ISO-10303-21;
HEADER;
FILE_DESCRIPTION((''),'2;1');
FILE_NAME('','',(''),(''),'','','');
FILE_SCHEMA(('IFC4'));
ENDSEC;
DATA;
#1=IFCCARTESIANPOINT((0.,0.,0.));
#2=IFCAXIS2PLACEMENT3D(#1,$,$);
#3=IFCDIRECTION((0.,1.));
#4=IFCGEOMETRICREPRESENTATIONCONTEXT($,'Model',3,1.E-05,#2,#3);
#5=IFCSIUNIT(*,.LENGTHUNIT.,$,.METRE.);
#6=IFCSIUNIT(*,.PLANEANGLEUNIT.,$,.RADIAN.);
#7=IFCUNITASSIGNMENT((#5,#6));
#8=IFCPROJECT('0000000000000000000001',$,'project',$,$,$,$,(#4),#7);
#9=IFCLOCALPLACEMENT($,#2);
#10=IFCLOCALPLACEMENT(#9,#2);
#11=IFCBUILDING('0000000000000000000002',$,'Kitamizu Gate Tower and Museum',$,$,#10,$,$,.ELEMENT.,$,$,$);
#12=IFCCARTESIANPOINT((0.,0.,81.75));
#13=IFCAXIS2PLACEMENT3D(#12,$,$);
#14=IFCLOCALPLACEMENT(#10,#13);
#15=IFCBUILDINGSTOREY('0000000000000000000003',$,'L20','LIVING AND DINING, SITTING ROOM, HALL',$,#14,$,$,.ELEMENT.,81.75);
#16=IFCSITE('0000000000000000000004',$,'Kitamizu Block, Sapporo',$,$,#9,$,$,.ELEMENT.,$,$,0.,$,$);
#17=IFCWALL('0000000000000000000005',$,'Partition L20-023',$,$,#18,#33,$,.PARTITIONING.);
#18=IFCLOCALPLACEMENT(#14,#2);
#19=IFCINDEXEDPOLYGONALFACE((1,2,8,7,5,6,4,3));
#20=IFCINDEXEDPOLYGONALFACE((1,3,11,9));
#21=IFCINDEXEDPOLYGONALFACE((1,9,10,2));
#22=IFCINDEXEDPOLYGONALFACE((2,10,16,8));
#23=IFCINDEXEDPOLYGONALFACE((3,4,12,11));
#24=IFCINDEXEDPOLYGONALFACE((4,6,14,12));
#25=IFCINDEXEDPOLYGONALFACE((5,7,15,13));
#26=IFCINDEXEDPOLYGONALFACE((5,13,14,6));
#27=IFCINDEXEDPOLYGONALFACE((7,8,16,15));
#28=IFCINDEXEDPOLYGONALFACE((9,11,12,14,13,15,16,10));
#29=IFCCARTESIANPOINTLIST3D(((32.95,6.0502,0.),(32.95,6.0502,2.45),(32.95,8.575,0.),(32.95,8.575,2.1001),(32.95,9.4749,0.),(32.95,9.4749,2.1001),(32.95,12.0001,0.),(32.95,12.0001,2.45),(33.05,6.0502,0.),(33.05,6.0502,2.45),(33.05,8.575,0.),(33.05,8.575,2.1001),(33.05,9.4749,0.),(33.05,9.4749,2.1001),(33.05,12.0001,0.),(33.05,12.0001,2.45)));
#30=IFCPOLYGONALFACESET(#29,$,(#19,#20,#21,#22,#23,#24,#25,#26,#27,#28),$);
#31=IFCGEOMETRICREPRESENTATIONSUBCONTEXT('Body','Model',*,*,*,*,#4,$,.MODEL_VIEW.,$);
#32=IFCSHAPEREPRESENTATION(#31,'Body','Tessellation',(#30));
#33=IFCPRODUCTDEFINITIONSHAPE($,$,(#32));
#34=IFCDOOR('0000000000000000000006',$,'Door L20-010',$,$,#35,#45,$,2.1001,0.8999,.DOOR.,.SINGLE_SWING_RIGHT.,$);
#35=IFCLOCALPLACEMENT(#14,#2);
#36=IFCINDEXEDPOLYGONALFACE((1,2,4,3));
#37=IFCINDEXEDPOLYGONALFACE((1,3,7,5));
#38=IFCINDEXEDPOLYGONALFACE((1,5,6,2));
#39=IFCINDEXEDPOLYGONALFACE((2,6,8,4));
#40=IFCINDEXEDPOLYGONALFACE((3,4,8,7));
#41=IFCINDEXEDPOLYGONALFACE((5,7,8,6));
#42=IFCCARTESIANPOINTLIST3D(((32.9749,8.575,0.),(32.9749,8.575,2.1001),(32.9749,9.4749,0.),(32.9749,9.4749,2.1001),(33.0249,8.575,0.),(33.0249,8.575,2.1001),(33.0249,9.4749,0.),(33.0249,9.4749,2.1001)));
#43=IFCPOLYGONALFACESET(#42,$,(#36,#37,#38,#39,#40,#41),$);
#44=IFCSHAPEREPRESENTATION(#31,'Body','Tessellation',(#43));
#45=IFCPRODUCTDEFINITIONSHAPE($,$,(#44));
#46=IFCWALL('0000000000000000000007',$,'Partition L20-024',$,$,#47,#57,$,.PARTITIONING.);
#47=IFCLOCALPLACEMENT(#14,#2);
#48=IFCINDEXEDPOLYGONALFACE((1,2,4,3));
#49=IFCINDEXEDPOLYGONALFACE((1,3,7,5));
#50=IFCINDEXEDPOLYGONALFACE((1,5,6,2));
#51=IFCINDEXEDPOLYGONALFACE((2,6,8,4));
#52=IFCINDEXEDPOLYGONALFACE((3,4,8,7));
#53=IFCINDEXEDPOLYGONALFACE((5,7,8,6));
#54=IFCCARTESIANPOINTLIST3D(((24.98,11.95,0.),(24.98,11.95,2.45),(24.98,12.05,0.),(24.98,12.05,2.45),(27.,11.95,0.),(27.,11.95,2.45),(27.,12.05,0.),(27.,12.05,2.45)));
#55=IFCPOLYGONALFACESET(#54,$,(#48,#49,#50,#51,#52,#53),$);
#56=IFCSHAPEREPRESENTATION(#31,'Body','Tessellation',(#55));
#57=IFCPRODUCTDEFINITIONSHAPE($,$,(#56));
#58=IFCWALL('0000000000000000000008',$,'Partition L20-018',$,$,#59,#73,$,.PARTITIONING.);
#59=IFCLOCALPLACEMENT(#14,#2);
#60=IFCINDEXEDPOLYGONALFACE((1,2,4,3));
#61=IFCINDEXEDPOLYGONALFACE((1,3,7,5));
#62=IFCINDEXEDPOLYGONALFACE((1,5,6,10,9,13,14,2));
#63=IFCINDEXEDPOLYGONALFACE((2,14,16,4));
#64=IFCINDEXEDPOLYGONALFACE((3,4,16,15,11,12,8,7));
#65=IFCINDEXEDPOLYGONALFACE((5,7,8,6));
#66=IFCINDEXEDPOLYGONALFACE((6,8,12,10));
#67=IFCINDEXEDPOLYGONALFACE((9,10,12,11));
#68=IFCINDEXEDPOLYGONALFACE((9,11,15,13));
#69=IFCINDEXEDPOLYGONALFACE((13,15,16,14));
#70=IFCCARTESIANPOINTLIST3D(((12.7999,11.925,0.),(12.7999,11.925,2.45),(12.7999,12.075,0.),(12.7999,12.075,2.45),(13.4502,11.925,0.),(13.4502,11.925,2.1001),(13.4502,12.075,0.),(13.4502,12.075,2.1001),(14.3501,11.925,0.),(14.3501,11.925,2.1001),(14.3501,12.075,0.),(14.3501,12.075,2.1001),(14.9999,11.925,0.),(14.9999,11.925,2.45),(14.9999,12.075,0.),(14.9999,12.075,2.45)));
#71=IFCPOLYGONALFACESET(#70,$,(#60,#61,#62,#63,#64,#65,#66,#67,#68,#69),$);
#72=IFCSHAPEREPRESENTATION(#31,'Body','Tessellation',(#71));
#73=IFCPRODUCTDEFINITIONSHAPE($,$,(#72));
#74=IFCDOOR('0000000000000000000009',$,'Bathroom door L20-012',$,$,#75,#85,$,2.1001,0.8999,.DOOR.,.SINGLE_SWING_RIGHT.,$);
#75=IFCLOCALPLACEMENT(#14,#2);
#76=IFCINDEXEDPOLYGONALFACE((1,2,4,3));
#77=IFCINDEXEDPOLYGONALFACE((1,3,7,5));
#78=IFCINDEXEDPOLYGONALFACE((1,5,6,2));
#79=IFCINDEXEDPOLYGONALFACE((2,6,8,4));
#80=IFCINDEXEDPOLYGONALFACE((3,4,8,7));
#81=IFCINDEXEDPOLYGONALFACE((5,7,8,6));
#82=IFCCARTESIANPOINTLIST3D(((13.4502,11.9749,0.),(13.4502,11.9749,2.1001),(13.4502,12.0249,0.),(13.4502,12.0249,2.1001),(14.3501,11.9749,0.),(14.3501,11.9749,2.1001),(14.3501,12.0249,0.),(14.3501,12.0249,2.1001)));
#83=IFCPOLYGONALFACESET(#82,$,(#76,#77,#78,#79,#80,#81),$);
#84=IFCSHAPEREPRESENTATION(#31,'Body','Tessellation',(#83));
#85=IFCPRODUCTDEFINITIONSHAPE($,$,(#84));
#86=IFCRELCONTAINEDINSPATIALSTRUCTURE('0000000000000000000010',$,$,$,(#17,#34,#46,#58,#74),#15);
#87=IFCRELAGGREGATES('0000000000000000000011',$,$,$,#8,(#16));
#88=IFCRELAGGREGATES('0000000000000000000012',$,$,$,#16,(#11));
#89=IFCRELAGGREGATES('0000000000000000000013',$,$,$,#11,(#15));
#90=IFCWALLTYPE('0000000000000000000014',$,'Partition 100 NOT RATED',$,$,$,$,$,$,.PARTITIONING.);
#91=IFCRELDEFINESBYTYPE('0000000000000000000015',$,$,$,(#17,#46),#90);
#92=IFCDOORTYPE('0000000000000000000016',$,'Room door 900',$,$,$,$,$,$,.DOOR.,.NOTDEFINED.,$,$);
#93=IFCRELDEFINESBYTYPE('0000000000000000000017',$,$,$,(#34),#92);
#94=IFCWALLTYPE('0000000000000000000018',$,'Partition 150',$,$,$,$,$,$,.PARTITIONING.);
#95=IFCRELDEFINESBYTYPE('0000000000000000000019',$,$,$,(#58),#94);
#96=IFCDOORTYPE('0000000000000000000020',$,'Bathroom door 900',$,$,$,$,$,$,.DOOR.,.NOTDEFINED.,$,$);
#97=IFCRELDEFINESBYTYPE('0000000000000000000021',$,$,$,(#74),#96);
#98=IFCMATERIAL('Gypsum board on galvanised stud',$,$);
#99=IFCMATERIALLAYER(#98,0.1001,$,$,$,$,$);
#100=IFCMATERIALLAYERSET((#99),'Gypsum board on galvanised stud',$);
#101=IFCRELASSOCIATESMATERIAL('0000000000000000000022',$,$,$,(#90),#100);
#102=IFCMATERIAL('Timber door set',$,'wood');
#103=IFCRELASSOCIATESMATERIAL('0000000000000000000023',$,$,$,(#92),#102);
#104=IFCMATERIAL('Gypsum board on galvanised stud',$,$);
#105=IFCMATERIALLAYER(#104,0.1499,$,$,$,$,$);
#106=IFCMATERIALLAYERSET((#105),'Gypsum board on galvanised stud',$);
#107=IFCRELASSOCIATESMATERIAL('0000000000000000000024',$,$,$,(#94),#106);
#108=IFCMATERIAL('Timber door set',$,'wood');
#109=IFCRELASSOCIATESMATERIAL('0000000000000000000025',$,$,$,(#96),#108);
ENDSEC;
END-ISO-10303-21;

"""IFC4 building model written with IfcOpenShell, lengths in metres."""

from ifc_helpers import new_model, si_unit, direction, frame, frame_2d, origin, place, context, subcontext, project, spatial, rectangle, extrude, material, layer, layer_set, type_object, element, fill, save


model = new_model("IFC4")

# Units and contexts
model_context = context("Model", 3, precision=1e-05, world=origin(), true_north=direction((0.0, 1.0)))
body_context = subcontext(model_context, "Body", "Model", "MODEL_VIEW")
ifc_project = project(units=[si_unit("LENGTHUNIT", "METRE"), si_unit("PLANEANGLEUNIT", "RADIAN")], contexts=[model_context])

# Site, building, storey
site_placement = place(None, origin())
site = spatial("IfcSite", under=ifc_project, at=site_placement, Name="Kitamizu Block, Sapporo", CompositionType="ELEMENT", RefElevation=0.0)
building_placement = place(site_placement, origin())
building = spatial("IfcBuilding", under=site, at=building_placement, Name="Kitamizu Gate Tower and Museum", CompositionType="ELEMENT")
storey_placement = place(building_placement, frame((0.0, 0.0, 81.75)))
storey = spatial("IfcBuildingStorey", under=building, at=storey_placement, Name="L20", Description="LIVING AND DINING, SITTING ROOM, HALL", CompositionType="ELEMENT", Elevation=81.75)

# Shared definitions
ifc_material_1 = material(Name="Gypsum board on galvanised stud")
ifc_layer_1 = layer(ifc_material_1, 0.1001)
ifc_layer_set_1 = layer_set([ifc_layer_1], Name="Gypsum board on galvanised stud")
wall_type_1 = type_object("IfcWallType", Name="Partition 100 NOT RATED", PredefinedType="PARTITIONING", material=ifc_layer_set_1)
ifc_material_2 = material(Name="Timber door set", Category="wood")
door_type_1 = type_object("IfcDoorType", Name="Room door 900", OperationType="NOTDEFINED", PredefinedType="DOOR", material=ifc_material_2)

# Wall, opening, door
wall_1_placement = place(storey_placement, frame((33.0, 6.05, 0.0), z_axis=(0.0, 0.0, 1.0), x_axis=(0.0, 1.0, 0.0)))
wall_1 = element("IfcWall", 1, at=wall_1_placement, inside=storey, type_object=wall_type_1, Name="Partition L20-023", PredefinedType="PARTITIONING", context=body_context, shape_type="SweptSolid", body=[
    extrude(rectangle(XDim=5.95, YDim=0.1001, at=frame_2d((2.9751, 0.0))), origin(), (0.0, 0.0, 1.0), 2.45),
])
opening_1_placement = place(wall_1_placement, frame((2.5249, 0.0, 0.0)))
opening_1 = element("IfcOpeningElement", 2, at=opening_1_placement, cuts=wall_1, PredefinedType="OPENING", context=body_context, shape_type="SweptSolid", body=[
    extrude(rectangle(XDim=0.8999, YDim=2.1001, at=frame_2d((0.45, 1.05))), frame((0.0, 0.0601, 0.0), z_axis=(0.0, -1.0, 0.0), x_axis=(1.0, 0.0, 0.0)), (0.0, 0.0, 1.0), 0.1201),
])
door_1_placement = place(opening_1_placement, frame((0.8999, 0.0, 0.0), x_axis=(-1.0, 0.0, 0.0)))
door_1 = element("IfcDoor", 3, at=door_1_placement, inside=storey, type_object=door_type_1, Name="Door L20-010", OperationType="SINGLE_SWING_RIGHT", OverallHeight=2.1001, OverallWidth=0.8999, PredefinedType="DOOR", context=body_context, shape_type="SweptSolid", body=[
    extrude(rectangle(XDim=0.8999, YDim=2.1001, at=frame_2d((0.45, 1.05))), frame((0.0, 0.0249, 0.0), z_axis=(0.0, -1.0, 0.0), x_axis=(1.0, 0.0, 0.0)), (0.0, 0.0, 1.0), 0.05),
])
fill(opening_1, door_1)

# Wall
wall_2_placement = place(storey_placement, frame((27.0, 12.0, 0.0), z_axis=(0.0, 0.0, 1.0), x_axis=(-1.0, 0.0, 0.0)))
element("IfcWall", 4, at=wall_2_placement, inside=storey, type_object=wall_type_1, Name="Partition L20-024", PredefinedType="PARTITIONING", context=body_context, shape_type="SweptSolid", body=[
    extrude(rectangle(XDim=2.02, YDim=0.1001, at=frame_2d((1.01, 0.0))), origin(), (0.0, 0.0, 1.0), 2.45),
])

# Wall, opening, door
ifc_material_3 = material(Name="Gypsum board on galvanised stud")
ifc_layer_2 = layer(ifc_material_3, 0.1499)
ifc_layer_set_2 = layer_set([ifc_layer_2], Name="Gypsum board on galvanised stud")
wall_type_2 = type_object("IfcWallType", Name="Partition 150", PredefinedType="PARTITIONING", material=ifc_layer_set_2)
wall_3_placement = place(storey_placement, frame((15.0, 12.0, 0.0), z_axis=(0.0, 0.0, 1.0), x_axis=(-1.0, 0.0, 0.0)))
wall_3 = element("IfcWall", 5, at=wall_3_placement, inside=storey, type_object=wall_type_2, Name="Partition L20-018", PredefinedType="PARTITIONING", context=body_context, shape_type="SweptSolid", body=[
    extrude(rectangle(XDim=2.2, YDim=0.1499, at=frame_2d((1.1001, 0.0))), origin(), (0.0, 0.0, 1.0), 2.45),
])
opening_2_placement = place(wall_3_placement, frame((0.6499, 0.0, 0.0)))
opening_2 = element("IfcOpeningElement", 6, at=opening_2_placement, cuts=wall_3, PredefinedType="OPENING", context=body_context, shape_type="SweptSolid", body=[
    extrude(rectangle(XDim=0.8999, YDim=2.1001, at=frame_2d((0.45, 1.05))), frame((0.0, 0.085, 0.0), z_axis=(0.0, -1.0, 0.0), x_axis=(1.0, 0.0, 0.0)), (0.0, 0.0, 1.0), 0.1699),
])
ifc_material_4 = material(Name="Timber door set", Category="wood")
door_type_2 = type_object("IfcDoorType", Name="Bathroom door 900", OperationType="NOTDEFINED", PredefinedType="DOOR", material=ifc_material_4)
door_2_placement = place(opening_2_placement, frame((0.8999, 0.0, 0.0), x_axis=(-1.0, 0.0, 0.0)))
door_2 = element("IfcDoor", 7, at=door_2_placement, inside=storey, type_object=door_type_2, Name="Bathroom door L20-012", OperationType="SINGLE_SWING_RIGHT", OverallHeight=2.1001, OverallWidth=0.8999, PredefinedType="DOOR", context=body_context, shape_type="SweptSolid", body=[
    extrude(rectangle(XDim=0.8999, YDim=2.1001, at=frame_2d((0.45, 1.05))), frame((0.0, 0.0249, 0.0), z_axis=(0.0, -1.0, 0.0), x_axis=(1.0, 0.0, 0.0)), (0.0, 0.0, 1.0), 0.05),
])
fill(opening_2, door_2)

save(model, "model.ifc")
